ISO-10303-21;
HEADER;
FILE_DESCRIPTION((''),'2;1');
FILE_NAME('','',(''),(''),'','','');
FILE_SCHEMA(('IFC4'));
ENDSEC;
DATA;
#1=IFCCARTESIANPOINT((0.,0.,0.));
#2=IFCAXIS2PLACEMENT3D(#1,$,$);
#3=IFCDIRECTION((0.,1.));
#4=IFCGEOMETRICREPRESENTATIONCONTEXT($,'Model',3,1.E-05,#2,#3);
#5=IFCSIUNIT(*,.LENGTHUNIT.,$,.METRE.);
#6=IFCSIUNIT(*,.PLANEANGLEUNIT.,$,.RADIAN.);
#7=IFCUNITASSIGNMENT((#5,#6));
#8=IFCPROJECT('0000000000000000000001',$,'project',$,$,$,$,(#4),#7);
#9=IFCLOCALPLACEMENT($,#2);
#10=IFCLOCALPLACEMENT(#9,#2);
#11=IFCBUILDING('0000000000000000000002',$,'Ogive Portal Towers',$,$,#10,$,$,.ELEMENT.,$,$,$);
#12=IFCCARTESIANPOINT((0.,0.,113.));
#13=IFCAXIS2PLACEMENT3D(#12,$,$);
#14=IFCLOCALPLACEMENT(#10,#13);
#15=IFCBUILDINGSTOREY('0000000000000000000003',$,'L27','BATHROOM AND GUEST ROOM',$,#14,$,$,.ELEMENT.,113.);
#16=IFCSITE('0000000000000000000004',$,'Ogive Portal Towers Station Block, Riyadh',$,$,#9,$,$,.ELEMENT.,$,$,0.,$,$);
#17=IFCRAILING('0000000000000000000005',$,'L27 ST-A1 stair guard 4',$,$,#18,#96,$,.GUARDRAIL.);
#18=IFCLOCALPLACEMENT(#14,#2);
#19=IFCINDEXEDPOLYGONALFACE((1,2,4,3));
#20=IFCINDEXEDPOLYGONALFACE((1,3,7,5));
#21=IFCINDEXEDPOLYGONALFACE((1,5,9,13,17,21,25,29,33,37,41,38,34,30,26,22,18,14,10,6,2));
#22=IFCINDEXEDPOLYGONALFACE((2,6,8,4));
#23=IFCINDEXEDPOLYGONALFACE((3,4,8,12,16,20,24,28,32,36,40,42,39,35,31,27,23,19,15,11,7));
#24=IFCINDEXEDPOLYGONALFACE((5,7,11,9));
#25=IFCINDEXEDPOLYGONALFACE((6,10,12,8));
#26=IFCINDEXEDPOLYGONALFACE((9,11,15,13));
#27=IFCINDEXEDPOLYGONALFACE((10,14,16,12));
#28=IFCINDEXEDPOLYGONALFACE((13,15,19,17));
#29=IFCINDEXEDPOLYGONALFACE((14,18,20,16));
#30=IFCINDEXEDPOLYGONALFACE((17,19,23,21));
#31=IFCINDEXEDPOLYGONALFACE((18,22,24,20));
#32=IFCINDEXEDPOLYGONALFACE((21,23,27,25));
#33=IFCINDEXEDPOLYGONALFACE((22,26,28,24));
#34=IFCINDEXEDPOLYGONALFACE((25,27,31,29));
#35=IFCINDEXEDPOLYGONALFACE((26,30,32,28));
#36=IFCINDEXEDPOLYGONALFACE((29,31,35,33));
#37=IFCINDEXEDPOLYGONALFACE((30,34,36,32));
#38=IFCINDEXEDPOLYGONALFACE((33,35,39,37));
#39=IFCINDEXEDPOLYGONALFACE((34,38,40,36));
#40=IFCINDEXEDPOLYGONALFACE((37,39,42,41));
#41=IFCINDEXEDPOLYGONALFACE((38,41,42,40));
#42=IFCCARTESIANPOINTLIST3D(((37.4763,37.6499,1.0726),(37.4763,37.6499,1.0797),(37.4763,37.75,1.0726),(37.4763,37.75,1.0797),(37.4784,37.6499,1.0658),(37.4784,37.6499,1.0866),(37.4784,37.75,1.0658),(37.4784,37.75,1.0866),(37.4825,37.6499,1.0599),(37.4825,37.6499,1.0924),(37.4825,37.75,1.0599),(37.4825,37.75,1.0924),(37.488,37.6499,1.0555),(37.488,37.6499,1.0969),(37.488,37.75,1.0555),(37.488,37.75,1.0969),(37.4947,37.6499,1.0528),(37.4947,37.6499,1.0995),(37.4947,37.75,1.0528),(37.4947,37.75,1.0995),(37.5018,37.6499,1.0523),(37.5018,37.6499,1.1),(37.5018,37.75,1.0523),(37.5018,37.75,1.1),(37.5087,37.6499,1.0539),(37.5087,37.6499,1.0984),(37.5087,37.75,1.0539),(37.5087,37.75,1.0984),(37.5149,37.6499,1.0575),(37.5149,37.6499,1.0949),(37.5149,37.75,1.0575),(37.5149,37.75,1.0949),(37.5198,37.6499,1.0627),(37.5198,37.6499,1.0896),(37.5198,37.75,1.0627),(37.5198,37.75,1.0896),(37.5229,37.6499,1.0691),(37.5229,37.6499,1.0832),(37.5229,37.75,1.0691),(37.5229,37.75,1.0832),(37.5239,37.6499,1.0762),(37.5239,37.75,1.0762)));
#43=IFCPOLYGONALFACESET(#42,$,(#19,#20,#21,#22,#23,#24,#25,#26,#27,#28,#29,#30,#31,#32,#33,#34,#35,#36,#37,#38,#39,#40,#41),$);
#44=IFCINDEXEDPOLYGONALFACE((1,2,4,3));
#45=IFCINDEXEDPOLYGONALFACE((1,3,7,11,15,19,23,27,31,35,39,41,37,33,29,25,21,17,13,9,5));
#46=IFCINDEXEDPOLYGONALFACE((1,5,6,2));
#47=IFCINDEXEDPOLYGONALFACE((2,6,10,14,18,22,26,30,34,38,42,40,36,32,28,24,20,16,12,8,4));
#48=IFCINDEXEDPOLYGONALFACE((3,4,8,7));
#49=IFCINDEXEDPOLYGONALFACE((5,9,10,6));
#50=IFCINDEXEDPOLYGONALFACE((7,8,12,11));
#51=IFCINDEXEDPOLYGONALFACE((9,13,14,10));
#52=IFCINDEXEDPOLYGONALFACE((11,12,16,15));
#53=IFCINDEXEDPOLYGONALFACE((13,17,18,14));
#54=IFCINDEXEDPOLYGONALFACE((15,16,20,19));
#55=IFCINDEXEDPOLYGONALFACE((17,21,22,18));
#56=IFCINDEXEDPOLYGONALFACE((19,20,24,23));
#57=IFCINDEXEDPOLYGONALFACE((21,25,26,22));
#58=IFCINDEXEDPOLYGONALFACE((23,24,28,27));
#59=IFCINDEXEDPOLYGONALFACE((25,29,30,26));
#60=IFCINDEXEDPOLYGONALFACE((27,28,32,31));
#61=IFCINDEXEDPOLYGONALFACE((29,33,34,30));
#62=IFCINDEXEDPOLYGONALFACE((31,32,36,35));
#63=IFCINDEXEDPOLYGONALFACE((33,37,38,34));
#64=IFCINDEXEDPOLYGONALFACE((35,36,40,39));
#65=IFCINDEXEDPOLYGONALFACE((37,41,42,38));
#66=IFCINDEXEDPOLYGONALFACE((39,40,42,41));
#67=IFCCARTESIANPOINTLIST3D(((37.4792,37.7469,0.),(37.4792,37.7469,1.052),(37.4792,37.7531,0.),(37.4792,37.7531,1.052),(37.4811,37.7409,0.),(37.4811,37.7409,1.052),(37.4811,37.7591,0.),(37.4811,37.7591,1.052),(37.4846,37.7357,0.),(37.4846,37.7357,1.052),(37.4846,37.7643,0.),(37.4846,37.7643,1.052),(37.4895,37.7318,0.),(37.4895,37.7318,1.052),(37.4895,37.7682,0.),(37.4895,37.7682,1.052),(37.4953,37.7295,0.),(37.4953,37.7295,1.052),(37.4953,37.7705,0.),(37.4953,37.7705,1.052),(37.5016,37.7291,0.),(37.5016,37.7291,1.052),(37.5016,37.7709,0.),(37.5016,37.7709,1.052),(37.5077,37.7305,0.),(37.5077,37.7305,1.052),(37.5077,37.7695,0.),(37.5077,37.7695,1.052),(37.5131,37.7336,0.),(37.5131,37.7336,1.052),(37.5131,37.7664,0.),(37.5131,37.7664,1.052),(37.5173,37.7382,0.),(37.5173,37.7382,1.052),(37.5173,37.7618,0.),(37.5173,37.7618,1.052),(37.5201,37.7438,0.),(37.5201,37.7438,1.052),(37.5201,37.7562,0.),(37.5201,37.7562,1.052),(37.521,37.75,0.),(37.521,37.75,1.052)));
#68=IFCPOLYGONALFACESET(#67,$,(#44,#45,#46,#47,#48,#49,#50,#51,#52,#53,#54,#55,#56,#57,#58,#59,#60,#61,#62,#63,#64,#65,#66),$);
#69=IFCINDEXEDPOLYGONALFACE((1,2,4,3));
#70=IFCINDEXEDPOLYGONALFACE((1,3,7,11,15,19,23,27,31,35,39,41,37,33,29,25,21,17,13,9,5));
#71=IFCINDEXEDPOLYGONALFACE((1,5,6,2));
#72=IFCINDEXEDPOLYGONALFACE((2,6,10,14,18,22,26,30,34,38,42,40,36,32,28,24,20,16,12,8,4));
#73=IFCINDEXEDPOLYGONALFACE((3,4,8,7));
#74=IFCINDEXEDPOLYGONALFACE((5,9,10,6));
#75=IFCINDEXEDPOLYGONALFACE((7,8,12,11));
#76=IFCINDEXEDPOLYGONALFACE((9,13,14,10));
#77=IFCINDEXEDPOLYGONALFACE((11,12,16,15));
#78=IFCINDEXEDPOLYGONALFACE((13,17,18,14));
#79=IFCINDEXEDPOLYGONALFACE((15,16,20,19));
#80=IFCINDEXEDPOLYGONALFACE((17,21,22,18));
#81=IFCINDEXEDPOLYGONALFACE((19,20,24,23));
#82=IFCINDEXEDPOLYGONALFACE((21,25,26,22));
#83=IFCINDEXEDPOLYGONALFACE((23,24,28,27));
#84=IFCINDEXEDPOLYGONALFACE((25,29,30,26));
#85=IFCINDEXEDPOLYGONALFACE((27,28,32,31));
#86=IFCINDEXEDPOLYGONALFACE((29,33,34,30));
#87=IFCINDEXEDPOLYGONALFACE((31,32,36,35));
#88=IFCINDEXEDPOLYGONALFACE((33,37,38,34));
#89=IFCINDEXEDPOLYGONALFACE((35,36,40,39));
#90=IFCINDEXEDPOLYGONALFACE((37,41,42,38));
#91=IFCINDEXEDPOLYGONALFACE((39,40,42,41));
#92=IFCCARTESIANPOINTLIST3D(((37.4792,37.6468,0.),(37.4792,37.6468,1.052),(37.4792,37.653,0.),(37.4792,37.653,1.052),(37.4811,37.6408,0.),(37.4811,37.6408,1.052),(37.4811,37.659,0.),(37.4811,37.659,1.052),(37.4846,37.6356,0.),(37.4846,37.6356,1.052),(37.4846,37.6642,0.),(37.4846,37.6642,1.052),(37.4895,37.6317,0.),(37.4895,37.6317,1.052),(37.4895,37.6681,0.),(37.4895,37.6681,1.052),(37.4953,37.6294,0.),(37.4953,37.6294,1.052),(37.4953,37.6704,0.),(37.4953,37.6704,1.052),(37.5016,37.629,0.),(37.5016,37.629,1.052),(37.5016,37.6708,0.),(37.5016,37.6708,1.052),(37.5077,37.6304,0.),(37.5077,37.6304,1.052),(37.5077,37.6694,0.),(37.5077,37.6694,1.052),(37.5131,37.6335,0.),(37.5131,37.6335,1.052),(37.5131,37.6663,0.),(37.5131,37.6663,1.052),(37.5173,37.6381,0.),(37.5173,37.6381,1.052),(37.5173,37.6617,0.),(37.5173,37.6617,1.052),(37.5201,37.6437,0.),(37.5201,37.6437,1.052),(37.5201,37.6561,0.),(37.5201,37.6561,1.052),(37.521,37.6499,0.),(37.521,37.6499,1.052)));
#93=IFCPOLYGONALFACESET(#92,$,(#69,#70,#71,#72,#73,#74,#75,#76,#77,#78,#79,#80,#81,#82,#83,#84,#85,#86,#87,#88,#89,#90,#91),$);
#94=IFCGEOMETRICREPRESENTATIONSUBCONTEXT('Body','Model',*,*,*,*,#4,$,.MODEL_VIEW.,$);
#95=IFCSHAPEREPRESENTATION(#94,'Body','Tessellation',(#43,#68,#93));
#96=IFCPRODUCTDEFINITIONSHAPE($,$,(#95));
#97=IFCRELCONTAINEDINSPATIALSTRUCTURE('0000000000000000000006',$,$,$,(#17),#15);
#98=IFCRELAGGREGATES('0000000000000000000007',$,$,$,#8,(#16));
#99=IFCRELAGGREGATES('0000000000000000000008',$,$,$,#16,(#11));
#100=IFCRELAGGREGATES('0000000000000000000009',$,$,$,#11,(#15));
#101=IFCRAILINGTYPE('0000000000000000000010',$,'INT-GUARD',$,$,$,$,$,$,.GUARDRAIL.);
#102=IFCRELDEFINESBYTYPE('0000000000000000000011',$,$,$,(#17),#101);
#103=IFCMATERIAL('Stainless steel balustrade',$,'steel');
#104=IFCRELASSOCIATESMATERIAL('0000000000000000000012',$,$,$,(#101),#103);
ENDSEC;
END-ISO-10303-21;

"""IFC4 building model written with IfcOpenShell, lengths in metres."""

from ifc_helpers import new_model, si_unit, direction, frame, origin, origin_2d, place, context, subcontext, project, spatial, circle, extrude, material, type_object, element, save


model = new_model("IFC4")

# Units and contexts
model_context = context("Model", 3, precision=1e-05, world=origin(), true_north=direction((0.0, 1.0)))
body_context = subcontext(model_context, "Body", "Model", "MODEL_VIEW")
ifc_project = project(units=[si_unit("LENGTHUNIT", "METRE"), si_unit("PLANEANGLEUNIT", "RADIAN")], contexts=[model_context])

# Site, building, storey
site_placement = place(None, origin())
site = spatial("IfcSite", under=ifc_project, at=site_placement, Name="Ogive Portal Towers Station Block, Riyadh", CompositionType="ELEMENT", RefElevation=0.0)
building_placement = place(site_placement, origin())
building = spatial("IfcBuilding", under=site, at=building_placement, Name="Ogive Portal Towers", CompositionType="ELEMENT")
storey_placement = place(building_placement, frame((0.0, 0.0, 113.0)))
storey = spatial("IfcBuildingStorey", under=building, at=storey_placement, Name="L27", Description="BATHROOM AND GUEST ROOM", CompositionType="ELEMENT", Elevation=113.0)

# Railing
ifc_material_1 = material(Name="Stainless steel balustrade", Category="steel")
railing_type_1 = type_object("IfcRailingType", Name="INT-GUARD", PredefinedType="GUARDRAIL", material=ifc_material_1)
railing_1_placement = place(storey_placement, frame((37.5, 37.75, 0.0)))
element("IfcRailing", 1, at=railing_1_placement, inside=storey, type_object=railing_type_1, Name="L27 ST-A1 stair guard 4", PredefinedType="GUARDRAIL", context=body_context, shape_type="SweptSolid", body=[
    extrude(circle(Radius=0.0239, at=origin_2d()), frame((0.0, 0.0, 1.0762), z_axis=(0.0, -1.0, 0.0), x_axis=(1.0, 0.0, 0.0)), (0.0, 0.0, 1.0), 0.1001),
    extrude(circle(Radius=0.021, at=origin_2d()), origin(), (0.0, 0.0, 1.0), 1.052),
    extrude(circle(Radius=0.021, at=origin_2d()), frame((0.0, -0.1001, 0.0)), (0.0, 0.0, 1.0), 1.052),
])

save(model, "model.ifc")
